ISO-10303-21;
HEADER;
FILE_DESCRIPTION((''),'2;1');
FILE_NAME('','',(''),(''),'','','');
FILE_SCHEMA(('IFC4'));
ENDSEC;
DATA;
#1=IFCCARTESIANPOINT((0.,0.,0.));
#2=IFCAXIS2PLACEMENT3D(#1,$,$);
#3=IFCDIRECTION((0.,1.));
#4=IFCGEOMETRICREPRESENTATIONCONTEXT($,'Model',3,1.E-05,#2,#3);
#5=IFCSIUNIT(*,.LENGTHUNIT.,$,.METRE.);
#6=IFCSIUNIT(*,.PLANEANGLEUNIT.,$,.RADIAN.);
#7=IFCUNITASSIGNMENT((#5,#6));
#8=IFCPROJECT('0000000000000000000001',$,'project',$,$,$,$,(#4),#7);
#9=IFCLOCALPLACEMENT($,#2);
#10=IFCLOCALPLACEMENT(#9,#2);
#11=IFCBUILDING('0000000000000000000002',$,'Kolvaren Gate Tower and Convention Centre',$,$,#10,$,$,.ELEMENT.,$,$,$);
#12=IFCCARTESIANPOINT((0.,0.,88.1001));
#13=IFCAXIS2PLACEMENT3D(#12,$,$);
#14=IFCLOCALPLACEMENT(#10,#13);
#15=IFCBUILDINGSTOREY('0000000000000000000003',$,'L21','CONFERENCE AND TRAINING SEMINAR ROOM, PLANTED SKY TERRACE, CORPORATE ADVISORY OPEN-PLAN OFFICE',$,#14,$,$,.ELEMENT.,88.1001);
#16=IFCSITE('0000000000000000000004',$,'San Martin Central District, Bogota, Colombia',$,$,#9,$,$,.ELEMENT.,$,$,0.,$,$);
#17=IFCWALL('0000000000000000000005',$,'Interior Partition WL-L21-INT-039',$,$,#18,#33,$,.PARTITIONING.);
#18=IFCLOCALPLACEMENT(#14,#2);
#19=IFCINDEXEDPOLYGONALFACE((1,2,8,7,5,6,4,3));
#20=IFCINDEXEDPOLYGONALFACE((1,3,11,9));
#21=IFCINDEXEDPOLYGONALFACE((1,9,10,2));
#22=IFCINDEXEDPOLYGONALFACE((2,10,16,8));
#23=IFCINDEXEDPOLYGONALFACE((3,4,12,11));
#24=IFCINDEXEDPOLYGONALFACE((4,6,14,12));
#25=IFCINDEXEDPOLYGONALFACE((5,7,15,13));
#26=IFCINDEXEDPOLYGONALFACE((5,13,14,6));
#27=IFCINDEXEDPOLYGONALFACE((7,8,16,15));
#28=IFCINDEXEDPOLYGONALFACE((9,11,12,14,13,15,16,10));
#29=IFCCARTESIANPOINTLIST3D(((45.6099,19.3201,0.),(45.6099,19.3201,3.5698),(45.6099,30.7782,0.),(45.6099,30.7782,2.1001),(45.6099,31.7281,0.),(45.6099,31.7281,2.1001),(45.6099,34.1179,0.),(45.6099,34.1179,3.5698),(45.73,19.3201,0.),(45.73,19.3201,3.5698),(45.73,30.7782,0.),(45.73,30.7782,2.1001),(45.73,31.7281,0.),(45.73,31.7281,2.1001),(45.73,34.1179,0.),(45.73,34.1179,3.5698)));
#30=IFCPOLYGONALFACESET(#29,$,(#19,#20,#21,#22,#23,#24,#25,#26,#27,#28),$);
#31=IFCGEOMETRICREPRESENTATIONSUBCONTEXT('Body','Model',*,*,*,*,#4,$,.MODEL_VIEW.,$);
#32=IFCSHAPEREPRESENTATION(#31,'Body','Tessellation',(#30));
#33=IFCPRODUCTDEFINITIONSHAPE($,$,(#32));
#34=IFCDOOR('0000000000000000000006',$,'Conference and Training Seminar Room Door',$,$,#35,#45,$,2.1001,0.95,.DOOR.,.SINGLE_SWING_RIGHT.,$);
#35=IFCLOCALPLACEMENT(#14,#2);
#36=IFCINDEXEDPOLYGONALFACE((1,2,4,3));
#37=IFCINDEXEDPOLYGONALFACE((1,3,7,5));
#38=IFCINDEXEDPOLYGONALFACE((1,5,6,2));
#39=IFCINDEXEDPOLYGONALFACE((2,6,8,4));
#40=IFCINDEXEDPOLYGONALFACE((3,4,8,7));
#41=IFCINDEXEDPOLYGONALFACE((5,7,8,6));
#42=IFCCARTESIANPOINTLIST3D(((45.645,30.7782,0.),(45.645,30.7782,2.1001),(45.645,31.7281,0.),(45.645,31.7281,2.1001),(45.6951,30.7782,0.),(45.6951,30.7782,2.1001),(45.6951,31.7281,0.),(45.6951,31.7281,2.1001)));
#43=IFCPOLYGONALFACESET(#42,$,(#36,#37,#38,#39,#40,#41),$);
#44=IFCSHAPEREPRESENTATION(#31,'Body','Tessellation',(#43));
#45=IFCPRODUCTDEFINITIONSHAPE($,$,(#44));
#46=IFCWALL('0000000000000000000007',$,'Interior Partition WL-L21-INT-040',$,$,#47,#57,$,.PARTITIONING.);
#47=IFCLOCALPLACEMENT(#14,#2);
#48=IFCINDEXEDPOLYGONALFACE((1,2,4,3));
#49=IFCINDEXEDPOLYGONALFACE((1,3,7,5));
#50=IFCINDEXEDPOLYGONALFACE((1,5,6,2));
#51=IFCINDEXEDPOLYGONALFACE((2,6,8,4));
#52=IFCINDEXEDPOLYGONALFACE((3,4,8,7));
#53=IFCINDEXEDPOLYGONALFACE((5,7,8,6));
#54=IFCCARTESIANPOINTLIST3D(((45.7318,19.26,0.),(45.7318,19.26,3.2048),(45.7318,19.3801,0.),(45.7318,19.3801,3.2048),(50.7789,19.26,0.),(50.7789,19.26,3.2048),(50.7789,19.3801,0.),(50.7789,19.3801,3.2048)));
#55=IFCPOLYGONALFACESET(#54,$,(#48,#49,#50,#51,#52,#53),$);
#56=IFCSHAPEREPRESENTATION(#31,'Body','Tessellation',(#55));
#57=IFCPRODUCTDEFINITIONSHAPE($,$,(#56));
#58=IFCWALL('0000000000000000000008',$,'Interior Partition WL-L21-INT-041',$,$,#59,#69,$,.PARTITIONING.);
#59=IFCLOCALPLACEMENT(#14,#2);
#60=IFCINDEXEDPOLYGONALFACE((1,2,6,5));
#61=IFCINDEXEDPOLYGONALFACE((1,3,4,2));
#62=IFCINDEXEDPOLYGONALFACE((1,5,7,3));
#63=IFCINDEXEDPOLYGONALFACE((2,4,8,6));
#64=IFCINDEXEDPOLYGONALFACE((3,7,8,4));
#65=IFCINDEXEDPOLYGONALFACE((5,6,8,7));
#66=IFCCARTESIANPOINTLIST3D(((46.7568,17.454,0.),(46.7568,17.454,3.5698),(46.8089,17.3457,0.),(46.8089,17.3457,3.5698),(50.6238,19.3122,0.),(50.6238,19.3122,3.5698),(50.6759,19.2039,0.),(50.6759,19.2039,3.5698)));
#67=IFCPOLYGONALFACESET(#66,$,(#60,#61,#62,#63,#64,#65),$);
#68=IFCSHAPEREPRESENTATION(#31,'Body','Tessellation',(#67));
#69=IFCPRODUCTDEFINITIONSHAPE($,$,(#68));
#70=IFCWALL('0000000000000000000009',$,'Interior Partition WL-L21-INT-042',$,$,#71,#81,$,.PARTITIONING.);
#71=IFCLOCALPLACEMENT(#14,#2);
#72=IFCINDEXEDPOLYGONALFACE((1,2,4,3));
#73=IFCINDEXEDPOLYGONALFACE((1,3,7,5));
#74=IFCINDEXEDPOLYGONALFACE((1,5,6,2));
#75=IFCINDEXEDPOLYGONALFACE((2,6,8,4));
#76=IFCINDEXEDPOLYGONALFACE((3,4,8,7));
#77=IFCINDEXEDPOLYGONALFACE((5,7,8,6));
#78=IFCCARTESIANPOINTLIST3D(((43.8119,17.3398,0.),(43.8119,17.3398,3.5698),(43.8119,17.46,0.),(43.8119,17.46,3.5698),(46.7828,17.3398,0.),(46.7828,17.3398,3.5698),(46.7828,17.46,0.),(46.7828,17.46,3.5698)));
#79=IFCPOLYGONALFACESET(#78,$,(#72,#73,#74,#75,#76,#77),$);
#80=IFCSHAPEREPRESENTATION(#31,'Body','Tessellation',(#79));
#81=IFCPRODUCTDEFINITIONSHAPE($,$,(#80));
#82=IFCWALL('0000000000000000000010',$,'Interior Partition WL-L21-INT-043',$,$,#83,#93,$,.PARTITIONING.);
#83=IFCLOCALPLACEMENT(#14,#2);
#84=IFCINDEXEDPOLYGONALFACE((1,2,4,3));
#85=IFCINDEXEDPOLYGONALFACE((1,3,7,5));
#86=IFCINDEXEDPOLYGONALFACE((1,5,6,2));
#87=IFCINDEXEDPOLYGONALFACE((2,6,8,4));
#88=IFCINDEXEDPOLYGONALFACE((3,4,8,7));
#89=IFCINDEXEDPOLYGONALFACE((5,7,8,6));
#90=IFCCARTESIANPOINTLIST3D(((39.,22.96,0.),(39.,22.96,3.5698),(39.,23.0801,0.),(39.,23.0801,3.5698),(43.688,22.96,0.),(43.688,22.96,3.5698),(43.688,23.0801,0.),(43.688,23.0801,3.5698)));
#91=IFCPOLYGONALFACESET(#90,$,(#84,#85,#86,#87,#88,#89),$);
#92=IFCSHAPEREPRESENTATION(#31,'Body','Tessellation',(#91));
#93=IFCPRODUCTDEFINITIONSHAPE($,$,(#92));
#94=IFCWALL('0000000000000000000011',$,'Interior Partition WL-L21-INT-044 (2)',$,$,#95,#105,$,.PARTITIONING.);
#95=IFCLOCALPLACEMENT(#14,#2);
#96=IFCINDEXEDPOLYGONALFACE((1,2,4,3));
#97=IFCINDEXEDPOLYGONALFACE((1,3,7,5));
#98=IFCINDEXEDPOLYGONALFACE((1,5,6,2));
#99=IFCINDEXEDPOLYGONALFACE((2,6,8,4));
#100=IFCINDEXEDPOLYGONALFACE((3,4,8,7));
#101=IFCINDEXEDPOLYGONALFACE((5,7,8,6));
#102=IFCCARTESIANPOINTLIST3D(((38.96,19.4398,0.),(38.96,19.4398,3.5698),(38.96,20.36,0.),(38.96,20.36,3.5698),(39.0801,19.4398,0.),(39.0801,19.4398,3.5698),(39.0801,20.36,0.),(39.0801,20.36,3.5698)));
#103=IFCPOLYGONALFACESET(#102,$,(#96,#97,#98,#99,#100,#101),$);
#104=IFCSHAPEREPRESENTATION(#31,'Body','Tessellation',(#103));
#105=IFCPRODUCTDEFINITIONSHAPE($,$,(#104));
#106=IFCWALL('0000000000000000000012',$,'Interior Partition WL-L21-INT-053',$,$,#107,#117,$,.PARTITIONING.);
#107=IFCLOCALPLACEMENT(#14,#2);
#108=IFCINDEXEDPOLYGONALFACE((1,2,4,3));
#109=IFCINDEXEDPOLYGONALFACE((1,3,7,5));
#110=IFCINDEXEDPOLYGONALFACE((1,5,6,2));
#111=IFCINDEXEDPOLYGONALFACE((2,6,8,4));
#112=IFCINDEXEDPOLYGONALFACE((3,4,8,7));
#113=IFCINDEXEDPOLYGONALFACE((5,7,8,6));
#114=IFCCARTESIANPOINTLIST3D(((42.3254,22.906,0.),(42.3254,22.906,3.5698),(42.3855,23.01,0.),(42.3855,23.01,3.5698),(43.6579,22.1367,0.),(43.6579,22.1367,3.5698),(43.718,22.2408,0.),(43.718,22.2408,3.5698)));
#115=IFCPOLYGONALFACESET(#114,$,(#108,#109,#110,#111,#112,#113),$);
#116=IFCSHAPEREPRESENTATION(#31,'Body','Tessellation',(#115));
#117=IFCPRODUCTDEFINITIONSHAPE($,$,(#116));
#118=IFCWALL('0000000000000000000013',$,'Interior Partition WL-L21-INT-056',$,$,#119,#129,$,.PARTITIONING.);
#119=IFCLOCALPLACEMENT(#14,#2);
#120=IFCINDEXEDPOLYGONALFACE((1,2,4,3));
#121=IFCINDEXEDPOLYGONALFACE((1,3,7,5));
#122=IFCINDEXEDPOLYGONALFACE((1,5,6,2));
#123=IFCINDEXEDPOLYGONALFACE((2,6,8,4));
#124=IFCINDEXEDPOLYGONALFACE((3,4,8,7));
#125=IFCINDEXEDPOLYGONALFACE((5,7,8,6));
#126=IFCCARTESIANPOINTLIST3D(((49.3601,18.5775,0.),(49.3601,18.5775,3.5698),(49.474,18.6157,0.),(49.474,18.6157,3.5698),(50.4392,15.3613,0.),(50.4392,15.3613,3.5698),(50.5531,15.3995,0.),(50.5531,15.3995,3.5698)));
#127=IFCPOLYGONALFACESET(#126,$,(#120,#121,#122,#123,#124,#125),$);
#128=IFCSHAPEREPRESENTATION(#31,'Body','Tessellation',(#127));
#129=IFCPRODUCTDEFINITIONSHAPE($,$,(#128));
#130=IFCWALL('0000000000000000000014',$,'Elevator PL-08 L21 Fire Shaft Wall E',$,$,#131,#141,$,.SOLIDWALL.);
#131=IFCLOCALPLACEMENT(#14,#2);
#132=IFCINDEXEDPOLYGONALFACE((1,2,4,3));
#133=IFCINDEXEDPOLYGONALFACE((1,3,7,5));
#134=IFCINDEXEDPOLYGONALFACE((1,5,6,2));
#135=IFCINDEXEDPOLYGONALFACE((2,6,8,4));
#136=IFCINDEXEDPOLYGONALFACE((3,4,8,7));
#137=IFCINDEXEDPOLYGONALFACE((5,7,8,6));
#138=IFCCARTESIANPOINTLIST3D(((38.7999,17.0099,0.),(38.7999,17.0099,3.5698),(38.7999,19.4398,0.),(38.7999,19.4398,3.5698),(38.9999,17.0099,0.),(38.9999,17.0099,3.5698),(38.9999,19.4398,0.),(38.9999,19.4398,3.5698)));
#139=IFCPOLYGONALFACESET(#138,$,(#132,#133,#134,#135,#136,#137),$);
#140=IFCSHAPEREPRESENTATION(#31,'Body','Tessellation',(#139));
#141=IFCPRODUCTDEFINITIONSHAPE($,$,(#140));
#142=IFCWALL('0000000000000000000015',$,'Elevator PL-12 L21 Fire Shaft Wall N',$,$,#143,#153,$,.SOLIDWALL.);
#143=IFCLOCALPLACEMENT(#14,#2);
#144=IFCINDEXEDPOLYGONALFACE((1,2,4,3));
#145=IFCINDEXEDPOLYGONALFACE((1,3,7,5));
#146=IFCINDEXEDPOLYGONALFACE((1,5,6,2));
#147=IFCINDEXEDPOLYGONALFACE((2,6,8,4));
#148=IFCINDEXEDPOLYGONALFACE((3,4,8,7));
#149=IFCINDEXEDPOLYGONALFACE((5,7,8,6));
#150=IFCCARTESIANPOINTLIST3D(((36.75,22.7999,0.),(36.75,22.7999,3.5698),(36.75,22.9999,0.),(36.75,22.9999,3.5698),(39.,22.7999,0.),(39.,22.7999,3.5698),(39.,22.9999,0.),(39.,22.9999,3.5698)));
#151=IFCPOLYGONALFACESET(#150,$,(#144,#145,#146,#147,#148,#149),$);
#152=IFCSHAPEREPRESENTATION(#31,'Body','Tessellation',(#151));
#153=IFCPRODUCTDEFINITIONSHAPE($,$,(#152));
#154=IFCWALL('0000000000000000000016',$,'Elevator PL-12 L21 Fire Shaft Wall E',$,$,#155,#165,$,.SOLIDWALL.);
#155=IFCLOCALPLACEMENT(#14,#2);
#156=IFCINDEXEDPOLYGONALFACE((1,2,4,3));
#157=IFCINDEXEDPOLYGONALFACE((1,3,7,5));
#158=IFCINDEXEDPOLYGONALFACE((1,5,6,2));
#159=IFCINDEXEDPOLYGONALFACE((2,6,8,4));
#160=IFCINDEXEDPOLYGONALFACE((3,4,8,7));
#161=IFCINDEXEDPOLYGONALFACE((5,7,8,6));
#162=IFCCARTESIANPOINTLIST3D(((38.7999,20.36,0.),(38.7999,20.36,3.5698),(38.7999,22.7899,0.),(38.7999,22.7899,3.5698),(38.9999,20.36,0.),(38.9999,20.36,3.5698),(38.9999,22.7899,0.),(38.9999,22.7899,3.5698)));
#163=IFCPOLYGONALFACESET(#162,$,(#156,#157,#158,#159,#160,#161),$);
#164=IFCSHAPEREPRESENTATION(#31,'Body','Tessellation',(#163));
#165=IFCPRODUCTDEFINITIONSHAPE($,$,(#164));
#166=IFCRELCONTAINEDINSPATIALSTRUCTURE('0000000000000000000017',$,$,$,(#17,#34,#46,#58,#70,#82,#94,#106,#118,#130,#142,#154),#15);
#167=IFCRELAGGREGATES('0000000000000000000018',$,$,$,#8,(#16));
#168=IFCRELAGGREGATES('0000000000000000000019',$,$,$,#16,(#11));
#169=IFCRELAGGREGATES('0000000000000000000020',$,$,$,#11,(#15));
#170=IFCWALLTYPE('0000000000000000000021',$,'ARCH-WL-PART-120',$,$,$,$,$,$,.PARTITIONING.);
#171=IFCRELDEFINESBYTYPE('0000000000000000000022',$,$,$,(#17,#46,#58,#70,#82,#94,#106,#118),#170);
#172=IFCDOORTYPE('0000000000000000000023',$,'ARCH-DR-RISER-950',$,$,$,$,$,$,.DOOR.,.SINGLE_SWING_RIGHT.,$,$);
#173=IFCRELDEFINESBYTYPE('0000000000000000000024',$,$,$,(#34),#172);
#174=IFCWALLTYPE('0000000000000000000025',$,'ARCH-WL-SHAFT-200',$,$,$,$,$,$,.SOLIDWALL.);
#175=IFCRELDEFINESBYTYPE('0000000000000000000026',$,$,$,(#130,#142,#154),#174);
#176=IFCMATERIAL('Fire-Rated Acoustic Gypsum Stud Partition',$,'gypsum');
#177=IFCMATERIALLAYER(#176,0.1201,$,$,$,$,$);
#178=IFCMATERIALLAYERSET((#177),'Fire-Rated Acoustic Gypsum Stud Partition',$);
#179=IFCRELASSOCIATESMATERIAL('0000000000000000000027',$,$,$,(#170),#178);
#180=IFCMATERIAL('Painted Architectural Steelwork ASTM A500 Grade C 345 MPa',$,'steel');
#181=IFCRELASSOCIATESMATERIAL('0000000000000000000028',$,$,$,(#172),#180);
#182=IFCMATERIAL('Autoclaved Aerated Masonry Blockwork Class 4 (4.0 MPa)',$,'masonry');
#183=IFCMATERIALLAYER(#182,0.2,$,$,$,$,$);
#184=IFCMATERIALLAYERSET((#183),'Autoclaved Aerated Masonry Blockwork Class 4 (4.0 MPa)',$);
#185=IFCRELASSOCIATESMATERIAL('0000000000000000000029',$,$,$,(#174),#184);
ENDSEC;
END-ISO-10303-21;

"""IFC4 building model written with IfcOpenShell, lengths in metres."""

from ifc_helpers import new_model, si_unit, direction, frame, frame_2d, origin, place, context, subcontext, project, spatial, rectangle, extrude, material, layer, layer_set, type_object, element, fill, save


model = new_model("IFC4")

# Units and contexts
model_context = context("Model", 3, precision=1e-05, world=origin(), true_north=direction((0.0, 1.0)))
body_context = subcontext(model_context, "Body", "Model", "MODEL_VIEW")
ifc_project = project(units=[si_unit("LENGTHUNIT", "METRE"), si_unit("PLANEANGLEUNIT", "RADIAN")], contexts=[model_context])

# Site, building, storey
site_placement = place(None, origin())
site = spatial("IfcSite", under=ifc_project, at=site_placement, Name="San Martin Central District, Bogota, Colombia", CompositionType="ELEMENT", RefElevation=0.0)
building_placement = place(site_placement, origin())
building = spatial("IfcBuilding", under=site, at=building_placement, Name="Kolvaren Gate Tower and Convention Centre", CompositionType="ELEMENT")
storey_placement = place(building_placement, frame((0.0, 0.0, 88.1001)))
storey = spatial("IfcBuildingStorey", under=building, at=storey_placement, Name="L21", Description="CONFERENCE AND TRAINING SEMINAR ROOM, PLANTED SKY TERRACE, CORPORATE ADVISORY OPEN-PLAN OFFICE", CompositionType="ELEMENT", Elevation=88.1001)

# Wall, opening, door
ifc_material_1 = material(Name="Fire-Rated Acoustic Gypsum Stud Partition", Category="gypsum")
ifc_layer_1 = layer(ifc_material_1, 0.1201)
ifc_layer_set_1 = layer_set([ifc_layer_1], Name="Fire-Rated Acoustic Gypsum Stud Partition")
wall_type_1 = type_object("IfcWallType", Name="ARCH-WL-PART-120", PredefinedType="PARTITIONING", material=ifc_layer_set_1)
ifc_material_2 = material(Name="Painted Architectural Steelwork ASTM A500 Grade C 345 MPa", Category="steel")
door_type = type_object("IfcDoorType", Name="ARCH-DR-RISER-950", OperationType="SINGLE_SWING_RIGHT", PredefinedType="DOOR", material=ifc_material_2)
wall_1_placement = place(storey_placement, frame((45.6699, 19.3201, 0.0), z_axis=(0.0, 0.0, 1.0), x_axis=(0.0, 1.0, 0.0)))
wall_1 = element("IfcWall", 1, at=wall_1_placement, inside=storey, type_object=wall_type_1, Name="Interior Partition WL-L21-INT-039", PredefinedType="PARTITIONING", context=body_context, shape_type="SweptSolid", body=[
    extrude(rectangle(XDim=14.7979, YDim=0.1201, at=frame_2d((7.3989, 0.0))), origin(), (0.0, 0.0, 1.0), 3.5698),
])
opening_1_placement = place(wall_1_placement, frame((11.458, 0.0, 0.0)))
opening_1 = element("IfcOpeningElement", 2, at=opening_1_placement, cuts=wall_1, PredefinedType="OPENING", context=body_context, shape_type="SweptSolid", body=[
    extrude(rectangle(XDim=0.95, YDim=2.1001, at=frame_2d((0.4751, 1.05))), frame((0.0, 0.0701, 0.0), z_axis=(0.0, -1.0, 0.0), x_axis=(1.0, 0.0, 0.0)), (0.0, 0.0, 1.0), 0.1401),
])
door_1_placement = place(opening_1_placement, origin())
door_1 = element("IfcDoor", 3, at=door_1_placement, inside=storey, type_object=door_type, Name="Conference and Training Seminar Room Door", OperationType="SINGLE_SWING_RIGHT", OverallHeight=2.1001, OverallWidth=0.95, PredefinedType="DOOR", context=body_context, shape_type="SweptSolid", body=[
    extrude(rectangle(XDim=0.95, YDim=2.1001, at=frame_2d((0.4751, 1.05))), frame((0.0, 0.0249, 0.0), z_axis=(0.0, -1.0, 0.0), x_axis=(1.0, 0.0, 0.0)), (0.0, 0.0, 1.0), 0.05),
])
fill(opening_1, door_1)

# Walls
wall_2_placement = place(storey_placement, frame((45.7319, 19.3201, 0.0), z_axis=(0.0, 0.0, 1.0), x_axis=(1.0, 0.0, 0.0)))
element("IfcWall", 4, at=wall_2_placement, inside=storey, type_object=wall_type_1, Name="Interior Partition WL-L21-INT-040", PredefinedType="PARTITIONING", context=body_context, shape_type="SweptSolid", body=[
    extrude(rectangle(XDim=5.0471, YDim=0.1201, at=frame_2d((2.5234, 0.0))), origin(), (0.0, 0.0, 1.0), 3.2048),
])
wall_3_placement = place(storey_placement, frame((46.783, 17.3999, 0.0), z_axis=(0.0, 0.0, 1.0), x_axis=(0.901339, 0.433114, 0.0)))
element("IfcWall", 5, at=wall_3_placement, inside=storey, type_object=wall_type_1, Name="Interior Partition WL-L21-INT-041", PredefinedType="PARTITIONING", context=body_context, shape_type="SweptSolid", body=[
    extrude(rectangle(XDim=4.2903, YDim=0.1201, at=frame_2d((2.145, 0.0))), origin(), (0.0, 0.0, 1.0), 3.5698),
])
wall_4_placement = place(storey_placement, frame((43.812, 17.3999, 0.0), z_axis=(0.0, 0.0, 1.0), x_axis=(1.0, 0.0, 0.0)))
element("IfcWall", 6, at=wall_4_placement, inside=storey, type_object=wall_type_1, Name="Interior Partition WL-L21-INT-042", PredefinedType="PARTITIONING", context=body_context, shape_type="SweptSolid", body=[
    extrude(rectangle(XDim=2.9709, YDim=0.1201, at=frame_2d((1.4854, 0.0))), origin(), (0.0, 0.0, 1.0), 3.5698),
])
wall_5_placement = place(storey_placement, frame((39.0, 23.02, 0.0), z_axis=(0.0, 0.0, 1.0), x_axis=(1.0, 0.0, 0.0)))
element("IfcWall", 7, at=wall_5_placement, inside=storey, type_object=wall_type_1, Name="Interior Partition WL-L21-INT-043", PredefinedType="PARTITIONING", context=body_context, shape_type="SweptSolid", body=[
    extrude(rectangle(XDim=4.688, YDim=0.1201, at=frame_2d((2.344, 0.0))), origin(), (0.0, 0.0, 1.0), 3.5698),
])
wall_6_placement = place(storey_placement, frame((39.02, 19.4399, 0.0), z_axis=(0.0, 0.0, 1.0), x_axis=(0.0, 1.0, 0.0)))
element("IfcWall", 8, at=wall_6_placement, inside=storey, type_object=wall_type_1, Name="Interior Partition WL-L21-INT-044 (2)", PredefinedType="PARTITIONING", context=body_context, shape_type="SweptSolid", body=[
    extrude(rectangle(XDim=0.9202, YDim=0.1201, at=frame_2d((0.46, 0.0))), origin(), (0.0, 0.0, 1.0), 3.5698),
])
wall_7_placement = place(storey_placement, frame((42.3555, 22.958, 0.0), z_axis=(0.0, 0.0, 1.0), x_axis=(0.866038, -0.499979, 0.0)))
element("IfcWall", 9, at=wall_7_placement, inside=storey, type_object=wall_type_1, Name="Interior Partition WL-L21-INT-053", PredefinedType="PARTITIONING", context=body_context, shape_type="SweptSolid", body=[
    extrude(rectangle(XDim=1.5386, YDim=0.1201, at=frame_2d((0.7693, 0.0))), origin(), (0.0, 0.0, 1.0), 3.5698),
])
wall_8_placement = place(storey_placement, frame((49.417, 18.5967, 0.0), z_axis=(0.0, 0.0, 1.0), x_axis=(0.318106, -0.948055, 0.0)))
element("IfcWall", 10, at=wall_8_placement, inside=storey, type_object=wall_type_1, Name="Interior Partition WL-L21-INT-056", PredefinedType="PARTITIONING", context=body_context, shape_type="SweptSolid", body=[
    extrude(rectangle(XDim=3.3923, YDim=0.1201, at=frame_2d((1.6963, 0.0))), origin(), (0.0, 0.0, 1.0), 3.5698),
])
ifc_material_3 = material(Name="Autoclaved Aerated Masonry Blockwork Class 4 (4.0 MPa)", Category="masonry")
ifc_layer_2 = layer(ifc_material_3, 0.2)
ifc_layer_set_2 = layer_set([ifc_layer_2], Name="Autoclaved Aerated Masonry Blockwork Class 4 (4.0 MPa)")
wall_type_2 = type_object("IfcWallType", Name="ARCH-WL-SHAFT-200", PredefinedType="SOLIDWALL", material=ifc_layer_set_2)
wall_9_placement = place(storey_placement, frame((38.8999, 17.01, 0.0), z_axis=(0.0, 0.0, 1.0), x_axis=(0.0, 1.0, 0.0)))
element("IfcWall", 11, at=wall_9_placement, inside=storey, type_object=wall_type_2, Name="Elevator PL-08 L21 Fire Shaft Wall E", PredefinedType="SOLIDWALL", context=body_context, shape_type="SweptSolid", body=[
    extrude(rectangle(XDim=2.4299, YDim=0.2, at=frame_2d((1.2148, 0.0))), origin(), (0.0, 0.0, 1.0), 3.5698),
])
wall_10_placement = place(storey_placement, frame((36.75, 22.8999, 0.0), z_axis=(0.0, 0.0, 1.0), x_axis=(1.0, 0.0, 0.0)))
element("IfcWall", 12, at=wall_10_placement, inside=storey, type_object=wall_type_2, Name="Elevator PL-12 L21 Fire Shaft Wall N", PredefinedType="SOLIDWALL", context=body_context, shape_type="SweptSolid", body=[
    extrude(rectangle(XDim=2.25, YDim=0.2, at=frame_2d((1.125, 0.0))), origin(), (0.0, 0.0, 1.0), 3.5698),
])
wall_11_placement = place(storey_placement, frame((38.8999, 20.3601, 0.0), z_axis=(0.0, 0.0, 1.0), x_axis=(0.0, 1.0, 0.0)))
element("IfcWall", 13, at=wall_11_placement, inside=storey, type_object=wall_type_2, Name="Elevator PL-12 L21 Fire Shaft Wall E", PredefinedType="SOLIDWALL", context=body_context, shape_type="SweptSolid", body=[
    extrude(rectangle(XDim=2.4299, YDim=0.2, at=frame_2d((1.2148, 0.0))), origin(), (0.0, 0.0, 1.0), 3.5698),
])

save(model, "model.ifc")
